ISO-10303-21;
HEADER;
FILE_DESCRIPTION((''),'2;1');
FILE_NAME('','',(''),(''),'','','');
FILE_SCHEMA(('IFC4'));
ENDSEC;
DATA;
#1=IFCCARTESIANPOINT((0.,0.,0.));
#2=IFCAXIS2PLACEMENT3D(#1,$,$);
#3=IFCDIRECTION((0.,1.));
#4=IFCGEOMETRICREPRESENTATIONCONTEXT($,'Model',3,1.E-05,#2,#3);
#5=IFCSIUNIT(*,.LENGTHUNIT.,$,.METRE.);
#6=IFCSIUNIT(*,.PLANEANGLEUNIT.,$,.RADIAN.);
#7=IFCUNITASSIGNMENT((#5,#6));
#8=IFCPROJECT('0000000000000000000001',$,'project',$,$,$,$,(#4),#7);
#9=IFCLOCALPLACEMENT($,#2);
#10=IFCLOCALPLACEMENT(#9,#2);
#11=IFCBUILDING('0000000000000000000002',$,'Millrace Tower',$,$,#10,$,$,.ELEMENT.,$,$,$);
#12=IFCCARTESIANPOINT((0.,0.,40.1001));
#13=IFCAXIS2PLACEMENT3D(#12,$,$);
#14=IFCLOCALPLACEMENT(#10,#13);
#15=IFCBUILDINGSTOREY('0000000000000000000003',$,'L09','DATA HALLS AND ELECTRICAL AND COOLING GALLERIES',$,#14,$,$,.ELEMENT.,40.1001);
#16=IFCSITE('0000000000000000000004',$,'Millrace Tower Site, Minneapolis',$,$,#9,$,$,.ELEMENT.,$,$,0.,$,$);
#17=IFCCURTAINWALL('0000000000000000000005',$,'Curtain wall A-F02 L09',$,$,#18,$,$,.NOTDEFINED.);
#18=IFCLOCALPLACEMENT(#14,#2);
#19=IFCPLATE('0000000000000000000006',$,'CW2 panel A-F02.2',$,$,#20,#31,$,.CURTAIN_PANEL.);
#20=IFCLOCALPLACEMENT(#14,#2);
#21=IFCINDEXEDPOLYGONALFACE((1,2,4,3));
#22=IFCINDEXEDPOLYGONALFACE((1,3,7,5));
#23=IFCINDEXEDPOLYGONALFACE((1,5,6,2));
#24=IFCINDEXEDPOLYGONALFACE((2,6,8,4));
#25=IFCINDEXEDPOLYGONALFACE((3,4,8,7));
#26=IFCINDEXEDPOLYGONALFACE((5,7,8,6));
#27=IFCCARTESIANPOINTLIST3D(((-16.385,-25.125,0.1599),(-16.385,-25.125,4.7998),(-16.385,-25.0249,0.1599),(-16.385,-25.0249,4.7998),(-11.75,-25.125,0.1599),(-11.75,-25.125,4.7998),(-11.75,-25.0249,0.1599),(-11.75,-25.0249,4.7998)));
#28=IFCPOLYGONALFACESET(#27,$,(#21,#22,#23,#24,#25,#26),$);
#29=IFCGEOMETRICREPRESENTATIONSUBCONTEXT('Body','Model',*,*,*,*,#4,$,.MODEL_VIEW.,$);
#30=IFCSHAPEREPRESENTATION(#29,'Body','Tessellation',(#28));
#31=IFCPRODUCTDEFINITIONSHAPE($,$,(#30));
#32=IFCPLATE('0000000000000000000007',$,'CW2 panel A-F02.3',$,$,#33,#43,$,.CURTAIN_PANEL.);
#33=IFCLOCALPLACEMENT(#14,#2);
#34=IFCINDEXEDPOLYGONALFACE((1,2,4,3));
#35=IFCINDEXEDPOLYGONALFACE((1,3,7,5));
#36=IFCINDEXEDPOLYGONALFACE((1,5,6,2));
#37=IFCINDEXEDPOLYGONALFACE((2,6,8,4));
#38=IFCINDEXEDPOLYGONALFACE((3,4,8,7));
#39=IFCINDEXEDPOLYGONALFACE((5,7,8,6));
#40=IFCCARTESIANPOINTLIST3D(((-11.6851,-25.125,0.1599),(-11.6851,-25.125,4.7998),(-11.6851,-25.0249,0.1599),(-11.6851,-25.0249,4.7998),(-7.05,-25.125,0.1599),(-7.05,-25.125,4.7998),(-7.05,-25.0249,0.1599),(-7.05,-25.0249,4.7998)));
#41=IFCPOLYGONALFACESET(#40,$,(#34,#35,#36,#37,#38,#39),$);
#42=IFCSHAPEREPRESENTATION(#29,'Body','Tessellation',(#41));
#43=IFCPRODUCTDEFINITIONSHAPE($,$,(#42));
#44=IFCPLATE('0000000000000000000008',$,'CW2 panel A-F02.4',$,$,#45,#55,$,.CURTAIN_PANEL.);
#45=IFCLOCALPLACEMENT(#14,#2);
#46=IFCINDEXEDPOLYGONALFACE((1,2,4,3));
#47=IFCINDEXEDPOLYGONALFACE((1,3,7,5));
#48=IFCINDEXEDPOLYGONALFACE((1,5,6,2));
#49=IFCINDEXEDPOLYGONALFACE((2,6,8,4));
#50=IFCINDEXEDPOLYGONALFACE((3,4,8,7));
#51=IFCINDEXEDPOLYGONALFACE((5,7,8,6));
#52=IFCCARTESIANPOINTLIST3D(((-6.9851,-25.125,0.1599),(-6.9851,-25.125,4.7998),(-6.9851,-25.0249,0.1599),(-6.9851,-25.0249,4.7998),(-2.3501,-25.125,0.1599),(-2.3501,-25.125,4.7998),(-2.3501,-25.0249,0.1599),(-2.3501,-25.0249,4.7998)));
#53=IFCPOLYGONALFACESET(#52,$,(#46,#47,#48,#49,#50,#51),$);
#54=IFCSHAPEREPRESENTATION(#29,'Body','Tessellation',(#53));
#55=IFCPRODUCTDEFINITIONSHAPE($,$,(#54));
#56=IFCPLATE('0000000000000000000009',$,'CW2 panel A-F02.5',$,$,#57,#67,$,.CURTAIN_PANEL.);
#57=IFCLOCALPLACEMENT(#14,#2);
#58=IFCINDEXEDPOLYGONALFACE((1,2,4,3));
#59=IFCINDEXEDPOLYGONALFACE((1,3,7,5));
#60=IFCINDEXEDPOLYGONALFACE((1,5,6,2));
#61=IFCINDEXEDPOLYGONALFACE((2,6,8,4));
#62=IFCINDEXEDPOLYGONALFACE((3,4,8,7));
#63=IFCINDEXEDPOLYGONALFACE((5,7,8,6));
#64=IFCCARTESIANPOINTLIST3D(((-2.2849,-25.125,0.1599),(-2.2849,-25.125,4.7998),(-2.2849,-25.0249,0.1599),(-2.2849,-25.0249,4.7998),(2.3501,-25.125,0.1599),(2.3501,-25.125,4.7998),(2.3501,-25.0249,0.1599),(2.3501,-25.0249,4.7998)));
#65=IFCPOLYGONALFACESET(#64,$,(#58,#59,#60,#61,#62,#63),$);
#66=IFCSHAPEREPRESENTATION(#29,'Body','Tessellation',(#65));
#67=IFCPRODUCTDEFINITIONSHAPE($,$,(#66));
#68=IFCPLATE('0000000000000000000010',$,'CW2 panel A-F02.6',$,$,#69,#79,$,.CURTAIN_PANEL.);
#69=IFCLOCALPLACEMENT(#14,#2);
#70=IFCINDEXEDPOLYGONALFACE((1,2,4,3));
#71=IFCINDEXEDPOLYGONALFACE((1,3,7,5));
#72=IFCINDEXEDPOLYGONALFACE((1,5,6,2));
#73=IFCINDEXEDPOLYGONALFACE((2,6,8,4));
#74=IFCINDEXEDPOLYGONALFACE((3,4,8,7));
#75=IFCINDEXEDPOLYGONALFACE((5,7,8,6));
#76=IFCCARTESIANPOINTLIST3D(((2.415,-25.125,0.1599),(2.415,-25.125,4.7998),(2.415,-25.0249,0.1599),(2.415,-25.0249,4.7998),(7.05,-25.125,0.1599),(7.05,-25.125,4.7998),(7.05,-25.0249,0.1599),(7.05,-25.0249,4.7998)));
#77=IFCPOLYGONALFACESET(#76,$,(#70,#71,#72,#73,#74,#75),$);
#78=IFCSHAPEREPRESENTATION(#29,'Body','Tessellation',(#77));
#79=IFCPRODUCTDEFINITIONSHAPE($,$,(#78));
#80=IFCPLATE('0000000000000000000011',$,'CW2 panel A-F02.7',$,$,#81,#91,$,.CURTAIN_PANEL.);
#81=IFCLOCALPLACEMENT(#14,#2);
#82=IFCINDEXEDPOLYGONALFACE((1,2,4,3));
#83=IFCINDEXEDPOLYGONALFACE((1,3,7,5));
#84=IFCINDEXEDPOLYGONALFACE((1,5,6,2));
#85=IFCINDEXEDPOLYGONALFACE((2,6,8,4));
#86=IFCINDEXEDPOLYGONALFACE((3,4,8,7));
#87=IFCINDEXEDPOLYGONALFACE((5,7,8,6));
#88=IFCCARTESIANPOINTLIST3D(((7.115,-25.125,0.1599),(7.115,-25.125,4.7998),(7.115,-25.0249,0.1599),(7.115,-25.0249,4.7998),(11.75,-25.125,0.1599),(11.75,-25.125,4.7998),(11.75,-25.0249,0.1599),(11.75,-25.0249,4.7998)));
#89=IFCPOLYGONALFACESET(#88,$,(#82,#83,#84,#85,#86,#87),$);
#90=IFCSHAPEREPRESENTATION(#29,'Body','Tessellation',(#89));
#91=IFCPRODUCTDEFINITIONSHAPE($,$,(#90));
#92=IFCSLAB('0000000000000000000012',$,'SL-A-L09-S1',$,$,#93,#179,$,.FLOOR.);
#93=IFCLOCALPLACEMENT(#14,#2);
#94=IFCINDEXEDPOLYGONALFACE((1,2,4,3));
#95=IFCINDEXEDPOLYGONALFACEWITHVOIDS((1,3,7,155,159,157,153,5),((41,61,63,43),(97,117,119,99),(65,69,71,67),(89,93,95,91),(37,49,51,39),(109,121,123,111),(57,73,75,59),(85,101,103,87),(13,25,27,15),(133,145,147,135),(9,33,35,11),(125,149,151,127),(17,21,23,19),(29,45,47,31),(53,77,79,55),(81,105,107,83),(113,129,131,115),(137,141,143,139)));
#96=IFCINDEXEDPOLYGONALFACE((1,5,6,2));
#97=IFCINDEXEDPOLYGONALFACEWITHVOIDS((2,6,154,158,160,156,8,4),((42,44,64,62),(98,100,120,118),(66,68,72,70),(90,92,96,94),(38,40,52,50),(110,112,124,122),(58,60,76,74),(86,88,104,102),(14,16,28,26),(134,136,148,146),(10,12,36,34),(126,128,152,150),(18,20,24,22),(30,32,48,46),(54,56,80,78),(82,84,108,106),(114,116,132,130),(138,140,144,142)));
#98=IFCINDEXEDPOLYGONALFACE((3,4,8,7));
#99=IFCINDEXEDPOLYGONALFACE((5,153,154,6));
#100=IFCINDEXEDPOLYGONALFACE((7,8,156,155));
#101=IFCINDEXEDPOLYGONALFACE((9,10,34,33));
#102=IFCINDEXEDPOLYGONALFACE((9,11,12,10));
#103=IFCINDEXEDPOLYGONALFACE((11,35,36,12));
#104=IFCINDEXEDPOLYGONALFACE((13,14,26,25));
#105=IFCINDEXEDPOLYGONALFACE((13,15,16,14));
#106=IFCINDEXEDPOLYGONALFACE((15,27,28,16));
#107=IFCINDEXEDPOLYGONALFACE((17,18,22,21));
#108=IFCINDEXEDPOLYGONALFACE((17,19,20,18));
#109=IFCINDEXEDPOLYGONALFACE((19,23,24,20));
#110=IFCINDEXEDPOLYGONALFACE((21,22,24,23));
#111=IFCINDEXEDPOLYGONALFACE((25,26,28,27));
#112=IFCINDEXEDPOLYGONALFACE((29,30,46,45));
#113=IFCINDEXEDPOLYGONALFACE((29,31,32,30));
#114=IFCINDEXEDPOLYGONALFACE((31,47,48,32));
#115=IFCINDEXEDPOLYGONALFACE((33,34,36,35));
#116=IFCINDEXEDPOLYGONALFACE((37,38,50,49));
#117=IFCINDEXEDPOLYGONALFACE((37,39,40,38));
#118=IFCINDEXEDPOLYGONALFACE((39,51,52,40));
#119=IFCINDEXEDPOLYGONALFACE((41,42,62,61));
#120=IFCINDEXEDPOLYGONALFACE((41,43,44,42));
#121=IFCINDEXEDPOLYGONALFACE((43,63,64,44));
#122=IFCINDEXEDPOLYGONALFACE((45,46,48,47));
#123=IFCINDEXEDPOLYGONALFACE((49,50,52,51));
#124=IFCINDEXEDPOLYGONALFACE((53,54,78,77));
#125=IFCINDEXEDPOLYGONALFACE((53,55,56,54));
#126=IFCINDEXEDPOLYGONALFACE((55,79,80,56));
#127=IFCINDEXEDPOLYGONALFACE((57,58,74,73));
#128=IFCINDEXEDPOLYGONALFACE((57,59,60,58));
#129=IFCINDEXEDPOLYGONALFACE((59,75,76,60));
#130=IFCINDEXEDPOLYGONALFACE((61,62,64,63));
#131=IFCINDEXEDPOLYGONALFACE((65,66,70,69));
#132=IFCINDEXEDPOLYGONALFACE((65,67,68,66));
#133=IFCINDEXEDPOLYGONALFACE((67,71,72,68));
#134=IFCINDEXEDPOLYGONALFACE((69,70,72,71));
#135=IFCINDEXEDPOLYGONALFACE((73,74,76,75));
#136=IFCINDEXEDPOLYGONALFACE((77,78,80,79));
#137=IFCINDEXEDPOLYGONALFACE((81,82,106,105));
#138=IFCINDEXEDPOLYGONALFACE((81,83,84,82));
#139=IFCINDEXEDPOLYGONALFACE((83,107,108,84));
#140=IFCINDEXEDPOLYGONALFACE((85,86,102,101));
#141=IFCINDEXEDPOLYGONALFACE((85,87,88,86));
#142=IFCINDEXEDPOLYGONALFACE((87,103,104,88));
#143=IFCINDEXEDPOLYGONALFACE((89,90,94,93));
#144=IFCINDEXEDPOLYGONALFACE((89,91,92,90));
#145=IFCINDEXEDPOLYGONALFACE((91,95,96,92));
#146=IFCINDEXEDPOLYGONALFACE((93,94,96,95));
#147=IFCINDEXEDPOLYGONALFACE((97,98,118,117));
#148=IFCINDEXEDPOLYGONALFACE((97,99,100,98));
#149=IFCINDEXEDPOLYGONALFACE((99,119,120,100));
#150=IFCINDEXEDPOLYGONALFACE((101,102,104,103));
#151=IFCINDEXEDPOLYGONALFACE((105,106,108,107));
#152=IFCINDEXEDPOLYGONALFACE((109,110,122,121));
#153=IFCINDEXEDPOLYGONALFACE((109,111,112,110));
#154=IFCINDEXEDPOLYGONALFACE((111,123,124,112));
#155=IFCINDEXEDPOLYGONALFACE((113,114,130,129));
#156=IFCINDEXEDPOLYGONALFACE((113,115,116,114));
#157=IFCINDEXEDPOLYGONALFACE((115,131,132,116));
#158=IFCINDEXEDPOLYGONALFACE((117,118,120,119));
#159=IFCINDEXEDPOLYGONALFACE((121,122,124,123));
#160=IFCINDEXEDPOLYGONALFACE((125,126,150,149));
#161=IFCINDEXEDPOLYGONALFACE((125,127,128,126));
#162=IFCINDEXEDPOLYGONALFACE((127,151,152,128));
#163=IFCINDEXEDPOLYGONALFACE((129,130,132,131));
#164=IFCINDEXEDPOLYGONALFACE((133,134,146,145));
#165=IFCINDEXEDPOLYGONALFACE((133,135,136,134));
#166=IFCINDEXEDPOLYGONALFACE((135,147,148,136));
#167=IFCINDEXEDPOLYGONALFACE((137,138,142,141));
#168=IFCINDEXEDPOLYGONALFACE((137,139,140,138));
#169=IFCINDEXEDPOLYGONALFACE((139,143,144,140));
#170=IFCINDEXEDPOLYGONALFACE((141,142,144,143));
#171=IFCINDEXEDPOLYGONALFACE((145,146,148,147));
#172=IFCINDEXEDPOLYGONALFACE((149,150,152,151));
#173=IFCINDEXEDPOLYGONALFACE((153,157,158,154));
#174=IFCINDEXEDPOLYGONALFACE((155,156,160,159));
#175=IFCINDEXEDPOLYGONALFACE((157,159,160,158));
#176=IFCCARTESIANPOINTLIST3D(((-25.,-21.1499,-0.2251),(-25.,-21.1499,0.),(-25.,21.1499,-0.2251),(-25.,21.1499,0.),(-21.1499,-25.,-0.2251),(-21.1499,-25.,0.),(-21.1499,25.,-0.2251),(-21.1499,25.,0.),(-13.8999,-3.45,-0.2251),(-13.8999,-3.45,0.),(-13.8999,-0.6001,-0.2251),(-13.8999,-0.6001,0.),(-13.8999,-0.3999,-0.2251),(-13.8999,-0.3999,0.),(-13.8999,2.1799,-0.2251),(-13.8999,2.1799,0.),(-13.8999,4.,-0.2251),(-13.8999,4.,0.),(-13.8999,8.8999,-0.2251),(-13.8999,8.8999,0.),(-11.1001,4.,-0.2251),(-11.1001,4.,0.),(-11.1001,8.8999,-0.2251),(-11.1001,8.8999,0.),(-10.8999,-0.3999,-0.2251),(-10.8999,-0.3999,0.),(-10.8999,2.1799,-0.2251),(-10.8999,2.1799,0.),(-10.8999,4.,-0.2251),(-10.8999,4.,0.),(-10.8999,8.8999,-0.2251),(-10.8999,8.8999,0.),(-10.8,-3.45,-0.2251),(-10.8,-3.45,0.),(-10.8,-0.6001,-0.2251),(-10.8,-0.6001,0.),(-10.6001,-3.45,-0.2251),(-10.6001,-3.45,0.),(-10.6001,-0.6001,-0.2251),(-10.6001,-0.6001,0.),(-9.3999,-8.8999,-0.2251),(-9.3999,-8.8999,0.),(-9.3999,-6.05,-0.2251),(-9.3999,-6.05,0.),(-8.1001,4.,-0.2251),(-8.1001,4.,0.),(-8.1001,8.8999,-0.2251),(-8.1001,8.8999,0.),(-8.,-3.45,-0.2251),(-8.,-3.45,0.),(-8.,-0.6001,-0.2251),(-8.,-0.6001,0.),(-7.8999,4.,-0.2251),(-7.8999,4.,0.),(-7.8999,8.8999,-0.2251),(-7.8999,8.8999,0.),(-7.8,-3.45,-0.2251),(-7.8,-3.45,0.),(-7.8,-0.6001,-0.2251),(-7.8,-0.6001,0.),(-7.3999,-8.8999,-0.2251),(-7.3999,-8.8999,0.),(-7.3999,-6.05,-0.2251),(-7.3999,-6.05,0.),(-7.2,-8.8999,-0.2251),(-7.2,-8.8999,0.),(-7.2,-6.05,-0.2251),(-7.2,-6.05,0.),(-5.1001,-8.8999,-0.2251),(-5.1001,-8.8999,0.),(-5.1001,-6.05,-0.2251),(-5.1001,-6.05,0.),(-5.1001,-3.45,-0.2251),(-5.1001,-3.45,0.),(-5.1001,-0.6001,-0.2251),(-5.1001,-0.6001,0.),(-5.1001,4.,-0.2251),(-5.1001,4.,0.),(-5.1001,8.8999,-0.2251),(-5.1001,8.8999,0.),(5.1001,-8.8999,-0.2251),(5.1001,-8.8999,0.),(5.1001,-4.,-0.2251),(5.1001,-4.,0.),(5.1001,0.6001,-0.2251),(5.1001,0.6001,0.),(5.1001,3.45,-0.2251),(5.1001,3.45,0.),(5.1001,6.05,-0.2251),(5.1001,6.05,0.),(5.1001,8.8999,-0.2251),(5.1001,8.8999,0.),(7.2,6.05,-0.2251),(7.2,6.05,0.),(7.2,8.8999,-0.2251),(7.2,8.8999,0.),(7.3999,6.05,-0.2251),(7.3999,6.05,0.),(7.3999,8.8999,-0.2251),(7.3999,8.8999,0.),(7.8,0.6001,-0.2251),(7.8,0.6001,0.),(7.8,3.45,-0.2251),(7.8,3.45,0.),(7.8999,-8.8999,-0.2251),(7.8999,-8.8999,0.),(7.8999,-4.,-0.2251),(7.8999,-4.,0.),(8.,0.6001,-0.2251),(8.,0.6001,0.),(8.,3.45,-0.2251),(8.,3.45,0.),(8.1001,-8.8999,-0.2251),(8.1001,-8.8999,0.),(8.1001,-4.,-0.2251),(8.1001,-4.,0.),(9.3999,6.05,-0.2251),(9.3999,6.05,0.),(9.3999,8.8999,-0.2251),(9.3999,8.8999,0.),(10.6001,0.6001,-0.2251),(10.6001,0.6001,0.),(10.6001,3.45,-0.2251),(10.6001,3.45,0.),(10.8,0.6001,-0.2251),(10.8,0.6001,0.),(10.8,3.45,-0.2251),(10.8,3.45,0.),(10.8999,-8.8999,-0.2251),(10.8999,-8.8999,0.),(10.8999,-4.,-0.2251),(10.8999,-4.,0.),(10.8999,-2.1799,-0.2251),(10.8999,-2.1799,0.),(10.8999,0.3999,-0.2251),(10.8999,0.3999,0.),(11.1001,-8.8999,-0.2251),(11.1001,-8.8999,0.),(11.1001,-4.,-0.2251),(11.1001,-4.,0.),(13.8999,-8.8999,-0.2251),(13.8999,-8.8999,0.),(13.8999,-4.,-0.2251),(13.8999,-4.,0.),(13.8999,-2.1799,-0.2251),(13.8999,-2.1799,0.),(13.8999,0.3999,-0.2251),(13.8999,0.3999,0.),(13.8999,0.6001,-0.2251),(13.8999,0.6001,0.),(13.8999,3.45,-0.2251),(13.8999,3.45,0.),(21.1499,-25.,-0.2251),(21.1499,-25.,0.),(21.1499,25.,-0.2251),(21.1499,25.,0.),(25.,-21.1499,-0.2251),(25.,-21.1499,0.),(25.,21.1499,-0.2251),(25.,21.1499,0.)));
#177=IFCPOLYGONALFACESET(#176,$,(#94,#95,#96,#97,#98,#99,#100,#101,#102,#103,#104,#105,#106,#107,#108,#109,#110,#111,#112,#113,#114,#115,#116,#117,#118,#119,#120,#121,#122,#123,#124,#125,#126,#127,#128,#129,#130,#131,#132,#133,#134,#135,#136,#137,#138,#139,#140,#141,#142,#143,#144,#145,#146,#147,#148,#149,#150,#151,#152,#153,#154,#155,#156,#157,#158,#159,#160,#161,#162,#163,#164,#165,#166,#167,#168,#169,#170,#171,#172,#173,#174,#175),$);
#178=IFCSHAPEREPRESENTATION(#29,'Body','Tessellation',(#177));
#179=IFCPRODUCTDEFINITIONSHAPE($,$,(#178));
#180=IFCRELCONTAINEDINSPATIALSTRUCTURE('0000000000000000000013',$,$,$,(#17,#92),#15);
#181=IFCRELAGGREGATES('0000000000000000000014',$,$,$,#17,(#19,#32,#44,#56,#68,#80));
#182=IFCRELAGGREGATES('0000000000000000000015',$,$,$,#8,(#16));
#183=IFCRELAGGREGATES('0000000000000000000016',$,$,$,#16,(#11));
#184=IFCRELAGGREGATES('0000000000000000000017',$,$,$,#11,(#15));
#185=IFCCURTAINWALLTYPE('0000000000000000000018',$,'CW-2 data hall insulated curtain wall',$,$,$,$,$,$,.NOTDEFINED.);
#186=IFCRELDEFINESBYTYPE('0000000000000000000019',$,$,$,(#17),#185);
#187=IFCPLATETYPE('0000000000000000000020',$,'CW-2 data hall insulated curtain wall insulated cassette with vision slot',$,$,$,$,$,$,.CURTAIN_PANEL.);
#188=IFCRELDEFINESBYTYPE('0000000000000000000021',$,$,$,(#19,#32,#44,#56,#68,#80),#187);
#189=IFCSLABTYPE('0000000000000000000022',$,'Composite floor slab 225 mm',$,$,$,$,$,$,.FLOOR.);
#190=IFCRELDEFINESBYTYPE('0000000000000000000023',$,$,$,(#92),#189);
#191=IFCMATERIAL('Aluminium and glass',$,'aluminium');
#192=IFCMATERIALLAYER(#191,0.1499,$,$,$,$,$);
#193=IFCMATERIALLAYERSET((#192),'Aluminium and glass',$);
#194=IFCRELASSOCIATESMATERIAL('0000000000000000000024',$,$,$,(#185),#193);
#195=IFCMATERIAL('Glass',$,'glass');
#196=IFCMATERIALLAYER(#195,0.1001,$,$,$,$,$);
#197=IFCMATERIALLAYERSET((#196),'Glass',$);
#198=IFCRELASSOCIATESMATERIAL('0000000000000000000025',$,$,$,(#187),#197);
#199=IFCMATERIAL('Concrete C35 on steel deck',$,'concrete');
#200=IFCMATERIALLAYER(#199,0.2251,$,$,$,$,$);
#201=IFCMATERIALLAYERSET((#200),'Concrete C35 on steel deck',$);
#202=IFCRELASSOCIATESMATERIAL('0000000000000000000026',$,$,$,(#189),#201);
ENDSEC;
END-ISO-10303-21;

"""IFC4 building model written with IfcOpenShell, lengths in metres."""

from ifc_helpers import new_model, si_unit, direction, frame, origin, place, context, subcontext, project, spatial, polyline, outline, extrude, material, layer, layer_set, type_object, element, aggregate, save


model = new_model("IFC4")

# Units and contexts
model_context = context("Model", 3, precision=1e-05, world=origin(), true_north=direction((0.0, 1.0)))
body_context = subcontext(model_context, "Body", "Model", "MODEL_VIEW")
ifc_project = project(units=[si_unit("LENGTHUNIT", "METRE"), si_unit("PLANEANGLEUNIT", "RADIAN")], contexts=[model_context])

# Site, building, storey
site_placement = place(None, origin())
site = spatial("IfcSite", under=ifc_project, at=site_placement, Name="Millrace Tower Site, Minneapolis", CompositionType="ELEMENT", RefElevation=0.0)
building_placement = place(site_placement, origin())
building = spatial("IfcBuilding", under=site, at=building_placement, Name="Millrace Tower", CompositionType="ELEMENT")
storey_placement = place(building_placement, frame((0.0, 0.0, 40.1001)))
storey = spatial("IfcBuildingStorey", under=building, at=storey_placement, Name="L09", Description="DATA HALLS AND ELECTRICAL AND COOLING GALLERIES", CompositionType="ELEMENT", Elevation=40.1001)

# Shared definitions
ifc_material_1 = material(Name="Aluminium and glass", Category="aluminium")
ifc_layer_1 = layer(ifc_material_1, 0.1499)
ifc_layer_set_1 = layer_set([ifc_layer_1], Name="Aluminium and glass")
curtain_wall_type = type_object("IfcCurtainWallType", Name="CW-2 data hall insulated curtain wall", PredefinedType="NOTDEFINED", material=ifc_layer_set_1)
placement_1 = place(storey_placement, origin())
ifc_material_2 = material(Name="Glass", Category="glass")
ifc_layer_2 = layer(ifc_material_2, 0.1001)
ifc_layer_set_2 = layer_set([ifc_layer_2], Name="Glass")
plate_type = type_object("IfcPlateType", Name="CW-2 data hall insulated curtain wall insulated cassette with vision slot", PredefinedType="CURTAIN_PANEL", material=ifc_layer_set_2)
placement_2 = place(storey_placement, frame((0.0, 0.0, 0.1599)))

# Curtain wall, plates
curtain_wall_1 = element("IfcCurtainWall", 1, at=placement_1, inside=storey, type_object=curtain_wall_type, Name="Curtain wall A-F02 L09", PredefinedType="NOTDEFINED")
plate_1 = element("IfcPlate", 2, at=placement_2, type_object=plate_type, Name="CW2 panel A-F02.2", PredefinedType="CURTAIN_PANEL", context=body_context, shape_type="SweptSolid", body=[
    extrude(outline(polyline([(-16.385, -25.125), (-11.75, -25.125), (-11.75, -25.0249), (-16.385, -25.0249), (-16.385, -25.125)])), origin(), (0.0, 0.0, 1.0), 4.6399),
])
plate_2 = element("IfcPlate", 3, at=placement_2, type_object=plate_type, Name="CW2 panel A-F02.3", PredefinedType="CURTAIN_PANEL", context=body_context, shape_type="SweptSolid", body=[
    extrude(outline(polyline([(-11.6851, -25.125), (-7.05, -25.125), (-7.05, -25.0249), (-11.6851, -25.0249), (-11.6851, -25.125)])), origin(), (0.0, 0.0, 1.0), 4.6399),
])
plate_3 = element("IfcPlate", 4, at=placement_2, type_object=plate_type, Name="CW2 panel A-F02.4", PredefinedType="CURTAIN_PANEL", context=body_context, shape_type="SweptSolid", body=[
    extrude(outline(polyline([(-6.9851, -25.125), (-2.3501, -25.125), (-2.3501, -25.0249), (-6.9851, -25.0249), (-6.9851, -25.125)])), origin(), (0.0, 0.0, 1.0), 4.6399),
])
plate_4 = element("IfcPlate", 5, at=placement_2, type_object=plate_type, Name="CW2 panel A-F02.5", PredefinedType="CURTAIN_PANEL", context=body_context, shape_type="SweptSolid", body=[
    extrude(outline(polyline([(-2.2849, -25.125), (2.3501, -25.125), (2.3501, -25.0249), (-2.2849, -25.0249), (-2.2849, -25.125)])), origin(), (0.0, 0.0, 1.0), 4.6399),
])
plate_5 = element("IfcPlate", 6, at=placement_2, type_object=plate_type, Name="CW2 panel A-F02.6", PredefinedType="CURTAIN_PANEL", context=body_context, shape_type="SweptSolid", body=[
    extrude(outline(polyline([(2.415, -25.125), (7.05, -25.125), (7.05, -25.0249), (2.415, -25.0249), (2.415, -25.125)])), origin(), (0.0, 0.0, 1.0), 4.6399),
])
plate_6 = element("IfcPlate", 7, at=placement_2, type_object=plate_type, Name="CW2 panel A-F02.7", PredefinedType="CURTAIN_PANEL", context=body_context, shape_type="SweptSolid", body=[
    extrude(outline(polyline([(7.115, -25.125), (11.75, -25.125), (11.75, -25.0249), (7.115, -25.0249), (7.115, -25.125)])), origin(), (0.0, 0.0, 1.0), 4.6399),
])
aggregate(curtain_wall_1, [plate_1, plate_2, plate_3, plate_4, plate_5, plate_6])

# Slab
ifc_material_3 = material(Name="Concrete C35 on steel deck", Category="concrete")
ifc_layer_3 = layer(ifc_material_3, 0.2251)
ifc_layer_set_3 = layer_set([ifc_layer_3], Name="Concrete C35 on steel deck")
slab_type = type_object("IfcSlabType", Name="Composite floor slab 225 mm", PredefinedType="FLOOR", material=ifc_layer_set_3)
slab_placement = place(storey_placement, frame((0.0, 0.0, -0.2251)))
element("IfcSlab", 8, at=slab_placement, inside=storey, type_object=slab_type, Name="SL-A-L09-S1", PredefinedType="FLOOR", context=body_context, shape_type="SweptSolid", body=[
    extrude(outline(polyline([(-25.0, -21.1499), (-21.1499, -25.0), (21.1499, -25.0), (25.0, -21.1499), (25.0, 21.1499), (21.1499, 25.0), (-21.1499, 25.0), (-25.0, 21.1499), (-25.0, -21.1499)]), holes=[polyline([(-9.3999, -8.8999), (-7.3999, -8.8999), (-7.3999, -6.05), (-9.3999, -6.05), (-9.3999, -8.8999)]), polyline([(-7.2, -8.8999), (-5.1001, -8.8999), (-5.1001, -6.05), (-7.2, -6.05), (-7.2, -8.8999)]), polyline([(-13.8999, -3.45), (-10.8, -3.45), (-10.8, -0.6001), (-13.8999, -0.6001), (-13.8999, -3.45)]), polyline([(-10.6001, -3.45), (-8.0, -3.45), (-8.0, -0.6001), (-10.6001, -0.6001), (-10.6001, -3.45)]), polyline([(-7.8, -3.45), (-5.1001, -3.45), (-5.1001, -0.6001), (-7.8, -0.6001), (-7.8, -3.45)]), polyline([(-13.8999, -0.3999), (-10.8999, -0.3999), (-10.8999, 2.1799), (-13.8999, 2.1799), (-13.8999, -0.3999)]), polyline([(-13.8999, 4.0), (-11.1001, 4.0), (-11.1001, 8.8999), (-13.8999, 8.8999), (-13.8999, 4.0)]), polyline([(-10.8999, 4.0), (-8.1001, 4.0), (-8.1001, 8.8999), (-10.8999, 8.8999), (-10.8999, 4.0)]), polyline([(-7.8999, 4.0), (-5.1001, 4.0), (-5.1001, 8.8999), (-7.8999, 8.8999), (-7.8999, 4.0)]), polyline([(7.3999, 6.05), (9.3999, 6.05), (9.3999, 8.8999), (7.3999, 8.8999), (7.3999, 6.05)]), polyline([(5.1001, 6.05), (7.2, 6.05), (7.2, 8.8999), (5.1001, 8.8999), (5.1001, 6.05)]), polyline([(10.8, 0.6001), (13.8999, 0.6001), (13.8999, 3.45), (10.8, 3.45), (10.8, 0.6001)]), polyline([(8.0, 0.6001), (10.6001, 0.6001), (10.6001, 3.45), (8.0, 3.45), (8.0, 0.6001)]), polyline([(5.1001, 0.6001), (7.8, 0.6001), (7.8, 3.45), (5.1001, 3.45), (5.1001, 0.6001)]), polyline([(10.8999, -2.1799), (13.8999, -2.1799), (13.8999, 0.3999), (10.8999, 0.3999), (10.8999, -2.1799)]), polyline([(11.1001, -8.8999), (13.8999, -8.8999), (13.8999, -4.0), (11.1001, -4.0), (11.1001, -8.8999)]), polyline([(8.1001, -8.8999), (10.8999, -8.8999), (10.8999, -4.0), (8.1001, -4.0), (8.1001, -8.8999)]), polyline([(5.1001, -8.8999), (7.8999, -8.8999), (7.8999, -4.0), (5.1001, -4.0), (5.1001, -8.8999)])]), origin(), (0.0, 0.0, 1.0), 0.2251),
])

save(model, "model.ifc")
